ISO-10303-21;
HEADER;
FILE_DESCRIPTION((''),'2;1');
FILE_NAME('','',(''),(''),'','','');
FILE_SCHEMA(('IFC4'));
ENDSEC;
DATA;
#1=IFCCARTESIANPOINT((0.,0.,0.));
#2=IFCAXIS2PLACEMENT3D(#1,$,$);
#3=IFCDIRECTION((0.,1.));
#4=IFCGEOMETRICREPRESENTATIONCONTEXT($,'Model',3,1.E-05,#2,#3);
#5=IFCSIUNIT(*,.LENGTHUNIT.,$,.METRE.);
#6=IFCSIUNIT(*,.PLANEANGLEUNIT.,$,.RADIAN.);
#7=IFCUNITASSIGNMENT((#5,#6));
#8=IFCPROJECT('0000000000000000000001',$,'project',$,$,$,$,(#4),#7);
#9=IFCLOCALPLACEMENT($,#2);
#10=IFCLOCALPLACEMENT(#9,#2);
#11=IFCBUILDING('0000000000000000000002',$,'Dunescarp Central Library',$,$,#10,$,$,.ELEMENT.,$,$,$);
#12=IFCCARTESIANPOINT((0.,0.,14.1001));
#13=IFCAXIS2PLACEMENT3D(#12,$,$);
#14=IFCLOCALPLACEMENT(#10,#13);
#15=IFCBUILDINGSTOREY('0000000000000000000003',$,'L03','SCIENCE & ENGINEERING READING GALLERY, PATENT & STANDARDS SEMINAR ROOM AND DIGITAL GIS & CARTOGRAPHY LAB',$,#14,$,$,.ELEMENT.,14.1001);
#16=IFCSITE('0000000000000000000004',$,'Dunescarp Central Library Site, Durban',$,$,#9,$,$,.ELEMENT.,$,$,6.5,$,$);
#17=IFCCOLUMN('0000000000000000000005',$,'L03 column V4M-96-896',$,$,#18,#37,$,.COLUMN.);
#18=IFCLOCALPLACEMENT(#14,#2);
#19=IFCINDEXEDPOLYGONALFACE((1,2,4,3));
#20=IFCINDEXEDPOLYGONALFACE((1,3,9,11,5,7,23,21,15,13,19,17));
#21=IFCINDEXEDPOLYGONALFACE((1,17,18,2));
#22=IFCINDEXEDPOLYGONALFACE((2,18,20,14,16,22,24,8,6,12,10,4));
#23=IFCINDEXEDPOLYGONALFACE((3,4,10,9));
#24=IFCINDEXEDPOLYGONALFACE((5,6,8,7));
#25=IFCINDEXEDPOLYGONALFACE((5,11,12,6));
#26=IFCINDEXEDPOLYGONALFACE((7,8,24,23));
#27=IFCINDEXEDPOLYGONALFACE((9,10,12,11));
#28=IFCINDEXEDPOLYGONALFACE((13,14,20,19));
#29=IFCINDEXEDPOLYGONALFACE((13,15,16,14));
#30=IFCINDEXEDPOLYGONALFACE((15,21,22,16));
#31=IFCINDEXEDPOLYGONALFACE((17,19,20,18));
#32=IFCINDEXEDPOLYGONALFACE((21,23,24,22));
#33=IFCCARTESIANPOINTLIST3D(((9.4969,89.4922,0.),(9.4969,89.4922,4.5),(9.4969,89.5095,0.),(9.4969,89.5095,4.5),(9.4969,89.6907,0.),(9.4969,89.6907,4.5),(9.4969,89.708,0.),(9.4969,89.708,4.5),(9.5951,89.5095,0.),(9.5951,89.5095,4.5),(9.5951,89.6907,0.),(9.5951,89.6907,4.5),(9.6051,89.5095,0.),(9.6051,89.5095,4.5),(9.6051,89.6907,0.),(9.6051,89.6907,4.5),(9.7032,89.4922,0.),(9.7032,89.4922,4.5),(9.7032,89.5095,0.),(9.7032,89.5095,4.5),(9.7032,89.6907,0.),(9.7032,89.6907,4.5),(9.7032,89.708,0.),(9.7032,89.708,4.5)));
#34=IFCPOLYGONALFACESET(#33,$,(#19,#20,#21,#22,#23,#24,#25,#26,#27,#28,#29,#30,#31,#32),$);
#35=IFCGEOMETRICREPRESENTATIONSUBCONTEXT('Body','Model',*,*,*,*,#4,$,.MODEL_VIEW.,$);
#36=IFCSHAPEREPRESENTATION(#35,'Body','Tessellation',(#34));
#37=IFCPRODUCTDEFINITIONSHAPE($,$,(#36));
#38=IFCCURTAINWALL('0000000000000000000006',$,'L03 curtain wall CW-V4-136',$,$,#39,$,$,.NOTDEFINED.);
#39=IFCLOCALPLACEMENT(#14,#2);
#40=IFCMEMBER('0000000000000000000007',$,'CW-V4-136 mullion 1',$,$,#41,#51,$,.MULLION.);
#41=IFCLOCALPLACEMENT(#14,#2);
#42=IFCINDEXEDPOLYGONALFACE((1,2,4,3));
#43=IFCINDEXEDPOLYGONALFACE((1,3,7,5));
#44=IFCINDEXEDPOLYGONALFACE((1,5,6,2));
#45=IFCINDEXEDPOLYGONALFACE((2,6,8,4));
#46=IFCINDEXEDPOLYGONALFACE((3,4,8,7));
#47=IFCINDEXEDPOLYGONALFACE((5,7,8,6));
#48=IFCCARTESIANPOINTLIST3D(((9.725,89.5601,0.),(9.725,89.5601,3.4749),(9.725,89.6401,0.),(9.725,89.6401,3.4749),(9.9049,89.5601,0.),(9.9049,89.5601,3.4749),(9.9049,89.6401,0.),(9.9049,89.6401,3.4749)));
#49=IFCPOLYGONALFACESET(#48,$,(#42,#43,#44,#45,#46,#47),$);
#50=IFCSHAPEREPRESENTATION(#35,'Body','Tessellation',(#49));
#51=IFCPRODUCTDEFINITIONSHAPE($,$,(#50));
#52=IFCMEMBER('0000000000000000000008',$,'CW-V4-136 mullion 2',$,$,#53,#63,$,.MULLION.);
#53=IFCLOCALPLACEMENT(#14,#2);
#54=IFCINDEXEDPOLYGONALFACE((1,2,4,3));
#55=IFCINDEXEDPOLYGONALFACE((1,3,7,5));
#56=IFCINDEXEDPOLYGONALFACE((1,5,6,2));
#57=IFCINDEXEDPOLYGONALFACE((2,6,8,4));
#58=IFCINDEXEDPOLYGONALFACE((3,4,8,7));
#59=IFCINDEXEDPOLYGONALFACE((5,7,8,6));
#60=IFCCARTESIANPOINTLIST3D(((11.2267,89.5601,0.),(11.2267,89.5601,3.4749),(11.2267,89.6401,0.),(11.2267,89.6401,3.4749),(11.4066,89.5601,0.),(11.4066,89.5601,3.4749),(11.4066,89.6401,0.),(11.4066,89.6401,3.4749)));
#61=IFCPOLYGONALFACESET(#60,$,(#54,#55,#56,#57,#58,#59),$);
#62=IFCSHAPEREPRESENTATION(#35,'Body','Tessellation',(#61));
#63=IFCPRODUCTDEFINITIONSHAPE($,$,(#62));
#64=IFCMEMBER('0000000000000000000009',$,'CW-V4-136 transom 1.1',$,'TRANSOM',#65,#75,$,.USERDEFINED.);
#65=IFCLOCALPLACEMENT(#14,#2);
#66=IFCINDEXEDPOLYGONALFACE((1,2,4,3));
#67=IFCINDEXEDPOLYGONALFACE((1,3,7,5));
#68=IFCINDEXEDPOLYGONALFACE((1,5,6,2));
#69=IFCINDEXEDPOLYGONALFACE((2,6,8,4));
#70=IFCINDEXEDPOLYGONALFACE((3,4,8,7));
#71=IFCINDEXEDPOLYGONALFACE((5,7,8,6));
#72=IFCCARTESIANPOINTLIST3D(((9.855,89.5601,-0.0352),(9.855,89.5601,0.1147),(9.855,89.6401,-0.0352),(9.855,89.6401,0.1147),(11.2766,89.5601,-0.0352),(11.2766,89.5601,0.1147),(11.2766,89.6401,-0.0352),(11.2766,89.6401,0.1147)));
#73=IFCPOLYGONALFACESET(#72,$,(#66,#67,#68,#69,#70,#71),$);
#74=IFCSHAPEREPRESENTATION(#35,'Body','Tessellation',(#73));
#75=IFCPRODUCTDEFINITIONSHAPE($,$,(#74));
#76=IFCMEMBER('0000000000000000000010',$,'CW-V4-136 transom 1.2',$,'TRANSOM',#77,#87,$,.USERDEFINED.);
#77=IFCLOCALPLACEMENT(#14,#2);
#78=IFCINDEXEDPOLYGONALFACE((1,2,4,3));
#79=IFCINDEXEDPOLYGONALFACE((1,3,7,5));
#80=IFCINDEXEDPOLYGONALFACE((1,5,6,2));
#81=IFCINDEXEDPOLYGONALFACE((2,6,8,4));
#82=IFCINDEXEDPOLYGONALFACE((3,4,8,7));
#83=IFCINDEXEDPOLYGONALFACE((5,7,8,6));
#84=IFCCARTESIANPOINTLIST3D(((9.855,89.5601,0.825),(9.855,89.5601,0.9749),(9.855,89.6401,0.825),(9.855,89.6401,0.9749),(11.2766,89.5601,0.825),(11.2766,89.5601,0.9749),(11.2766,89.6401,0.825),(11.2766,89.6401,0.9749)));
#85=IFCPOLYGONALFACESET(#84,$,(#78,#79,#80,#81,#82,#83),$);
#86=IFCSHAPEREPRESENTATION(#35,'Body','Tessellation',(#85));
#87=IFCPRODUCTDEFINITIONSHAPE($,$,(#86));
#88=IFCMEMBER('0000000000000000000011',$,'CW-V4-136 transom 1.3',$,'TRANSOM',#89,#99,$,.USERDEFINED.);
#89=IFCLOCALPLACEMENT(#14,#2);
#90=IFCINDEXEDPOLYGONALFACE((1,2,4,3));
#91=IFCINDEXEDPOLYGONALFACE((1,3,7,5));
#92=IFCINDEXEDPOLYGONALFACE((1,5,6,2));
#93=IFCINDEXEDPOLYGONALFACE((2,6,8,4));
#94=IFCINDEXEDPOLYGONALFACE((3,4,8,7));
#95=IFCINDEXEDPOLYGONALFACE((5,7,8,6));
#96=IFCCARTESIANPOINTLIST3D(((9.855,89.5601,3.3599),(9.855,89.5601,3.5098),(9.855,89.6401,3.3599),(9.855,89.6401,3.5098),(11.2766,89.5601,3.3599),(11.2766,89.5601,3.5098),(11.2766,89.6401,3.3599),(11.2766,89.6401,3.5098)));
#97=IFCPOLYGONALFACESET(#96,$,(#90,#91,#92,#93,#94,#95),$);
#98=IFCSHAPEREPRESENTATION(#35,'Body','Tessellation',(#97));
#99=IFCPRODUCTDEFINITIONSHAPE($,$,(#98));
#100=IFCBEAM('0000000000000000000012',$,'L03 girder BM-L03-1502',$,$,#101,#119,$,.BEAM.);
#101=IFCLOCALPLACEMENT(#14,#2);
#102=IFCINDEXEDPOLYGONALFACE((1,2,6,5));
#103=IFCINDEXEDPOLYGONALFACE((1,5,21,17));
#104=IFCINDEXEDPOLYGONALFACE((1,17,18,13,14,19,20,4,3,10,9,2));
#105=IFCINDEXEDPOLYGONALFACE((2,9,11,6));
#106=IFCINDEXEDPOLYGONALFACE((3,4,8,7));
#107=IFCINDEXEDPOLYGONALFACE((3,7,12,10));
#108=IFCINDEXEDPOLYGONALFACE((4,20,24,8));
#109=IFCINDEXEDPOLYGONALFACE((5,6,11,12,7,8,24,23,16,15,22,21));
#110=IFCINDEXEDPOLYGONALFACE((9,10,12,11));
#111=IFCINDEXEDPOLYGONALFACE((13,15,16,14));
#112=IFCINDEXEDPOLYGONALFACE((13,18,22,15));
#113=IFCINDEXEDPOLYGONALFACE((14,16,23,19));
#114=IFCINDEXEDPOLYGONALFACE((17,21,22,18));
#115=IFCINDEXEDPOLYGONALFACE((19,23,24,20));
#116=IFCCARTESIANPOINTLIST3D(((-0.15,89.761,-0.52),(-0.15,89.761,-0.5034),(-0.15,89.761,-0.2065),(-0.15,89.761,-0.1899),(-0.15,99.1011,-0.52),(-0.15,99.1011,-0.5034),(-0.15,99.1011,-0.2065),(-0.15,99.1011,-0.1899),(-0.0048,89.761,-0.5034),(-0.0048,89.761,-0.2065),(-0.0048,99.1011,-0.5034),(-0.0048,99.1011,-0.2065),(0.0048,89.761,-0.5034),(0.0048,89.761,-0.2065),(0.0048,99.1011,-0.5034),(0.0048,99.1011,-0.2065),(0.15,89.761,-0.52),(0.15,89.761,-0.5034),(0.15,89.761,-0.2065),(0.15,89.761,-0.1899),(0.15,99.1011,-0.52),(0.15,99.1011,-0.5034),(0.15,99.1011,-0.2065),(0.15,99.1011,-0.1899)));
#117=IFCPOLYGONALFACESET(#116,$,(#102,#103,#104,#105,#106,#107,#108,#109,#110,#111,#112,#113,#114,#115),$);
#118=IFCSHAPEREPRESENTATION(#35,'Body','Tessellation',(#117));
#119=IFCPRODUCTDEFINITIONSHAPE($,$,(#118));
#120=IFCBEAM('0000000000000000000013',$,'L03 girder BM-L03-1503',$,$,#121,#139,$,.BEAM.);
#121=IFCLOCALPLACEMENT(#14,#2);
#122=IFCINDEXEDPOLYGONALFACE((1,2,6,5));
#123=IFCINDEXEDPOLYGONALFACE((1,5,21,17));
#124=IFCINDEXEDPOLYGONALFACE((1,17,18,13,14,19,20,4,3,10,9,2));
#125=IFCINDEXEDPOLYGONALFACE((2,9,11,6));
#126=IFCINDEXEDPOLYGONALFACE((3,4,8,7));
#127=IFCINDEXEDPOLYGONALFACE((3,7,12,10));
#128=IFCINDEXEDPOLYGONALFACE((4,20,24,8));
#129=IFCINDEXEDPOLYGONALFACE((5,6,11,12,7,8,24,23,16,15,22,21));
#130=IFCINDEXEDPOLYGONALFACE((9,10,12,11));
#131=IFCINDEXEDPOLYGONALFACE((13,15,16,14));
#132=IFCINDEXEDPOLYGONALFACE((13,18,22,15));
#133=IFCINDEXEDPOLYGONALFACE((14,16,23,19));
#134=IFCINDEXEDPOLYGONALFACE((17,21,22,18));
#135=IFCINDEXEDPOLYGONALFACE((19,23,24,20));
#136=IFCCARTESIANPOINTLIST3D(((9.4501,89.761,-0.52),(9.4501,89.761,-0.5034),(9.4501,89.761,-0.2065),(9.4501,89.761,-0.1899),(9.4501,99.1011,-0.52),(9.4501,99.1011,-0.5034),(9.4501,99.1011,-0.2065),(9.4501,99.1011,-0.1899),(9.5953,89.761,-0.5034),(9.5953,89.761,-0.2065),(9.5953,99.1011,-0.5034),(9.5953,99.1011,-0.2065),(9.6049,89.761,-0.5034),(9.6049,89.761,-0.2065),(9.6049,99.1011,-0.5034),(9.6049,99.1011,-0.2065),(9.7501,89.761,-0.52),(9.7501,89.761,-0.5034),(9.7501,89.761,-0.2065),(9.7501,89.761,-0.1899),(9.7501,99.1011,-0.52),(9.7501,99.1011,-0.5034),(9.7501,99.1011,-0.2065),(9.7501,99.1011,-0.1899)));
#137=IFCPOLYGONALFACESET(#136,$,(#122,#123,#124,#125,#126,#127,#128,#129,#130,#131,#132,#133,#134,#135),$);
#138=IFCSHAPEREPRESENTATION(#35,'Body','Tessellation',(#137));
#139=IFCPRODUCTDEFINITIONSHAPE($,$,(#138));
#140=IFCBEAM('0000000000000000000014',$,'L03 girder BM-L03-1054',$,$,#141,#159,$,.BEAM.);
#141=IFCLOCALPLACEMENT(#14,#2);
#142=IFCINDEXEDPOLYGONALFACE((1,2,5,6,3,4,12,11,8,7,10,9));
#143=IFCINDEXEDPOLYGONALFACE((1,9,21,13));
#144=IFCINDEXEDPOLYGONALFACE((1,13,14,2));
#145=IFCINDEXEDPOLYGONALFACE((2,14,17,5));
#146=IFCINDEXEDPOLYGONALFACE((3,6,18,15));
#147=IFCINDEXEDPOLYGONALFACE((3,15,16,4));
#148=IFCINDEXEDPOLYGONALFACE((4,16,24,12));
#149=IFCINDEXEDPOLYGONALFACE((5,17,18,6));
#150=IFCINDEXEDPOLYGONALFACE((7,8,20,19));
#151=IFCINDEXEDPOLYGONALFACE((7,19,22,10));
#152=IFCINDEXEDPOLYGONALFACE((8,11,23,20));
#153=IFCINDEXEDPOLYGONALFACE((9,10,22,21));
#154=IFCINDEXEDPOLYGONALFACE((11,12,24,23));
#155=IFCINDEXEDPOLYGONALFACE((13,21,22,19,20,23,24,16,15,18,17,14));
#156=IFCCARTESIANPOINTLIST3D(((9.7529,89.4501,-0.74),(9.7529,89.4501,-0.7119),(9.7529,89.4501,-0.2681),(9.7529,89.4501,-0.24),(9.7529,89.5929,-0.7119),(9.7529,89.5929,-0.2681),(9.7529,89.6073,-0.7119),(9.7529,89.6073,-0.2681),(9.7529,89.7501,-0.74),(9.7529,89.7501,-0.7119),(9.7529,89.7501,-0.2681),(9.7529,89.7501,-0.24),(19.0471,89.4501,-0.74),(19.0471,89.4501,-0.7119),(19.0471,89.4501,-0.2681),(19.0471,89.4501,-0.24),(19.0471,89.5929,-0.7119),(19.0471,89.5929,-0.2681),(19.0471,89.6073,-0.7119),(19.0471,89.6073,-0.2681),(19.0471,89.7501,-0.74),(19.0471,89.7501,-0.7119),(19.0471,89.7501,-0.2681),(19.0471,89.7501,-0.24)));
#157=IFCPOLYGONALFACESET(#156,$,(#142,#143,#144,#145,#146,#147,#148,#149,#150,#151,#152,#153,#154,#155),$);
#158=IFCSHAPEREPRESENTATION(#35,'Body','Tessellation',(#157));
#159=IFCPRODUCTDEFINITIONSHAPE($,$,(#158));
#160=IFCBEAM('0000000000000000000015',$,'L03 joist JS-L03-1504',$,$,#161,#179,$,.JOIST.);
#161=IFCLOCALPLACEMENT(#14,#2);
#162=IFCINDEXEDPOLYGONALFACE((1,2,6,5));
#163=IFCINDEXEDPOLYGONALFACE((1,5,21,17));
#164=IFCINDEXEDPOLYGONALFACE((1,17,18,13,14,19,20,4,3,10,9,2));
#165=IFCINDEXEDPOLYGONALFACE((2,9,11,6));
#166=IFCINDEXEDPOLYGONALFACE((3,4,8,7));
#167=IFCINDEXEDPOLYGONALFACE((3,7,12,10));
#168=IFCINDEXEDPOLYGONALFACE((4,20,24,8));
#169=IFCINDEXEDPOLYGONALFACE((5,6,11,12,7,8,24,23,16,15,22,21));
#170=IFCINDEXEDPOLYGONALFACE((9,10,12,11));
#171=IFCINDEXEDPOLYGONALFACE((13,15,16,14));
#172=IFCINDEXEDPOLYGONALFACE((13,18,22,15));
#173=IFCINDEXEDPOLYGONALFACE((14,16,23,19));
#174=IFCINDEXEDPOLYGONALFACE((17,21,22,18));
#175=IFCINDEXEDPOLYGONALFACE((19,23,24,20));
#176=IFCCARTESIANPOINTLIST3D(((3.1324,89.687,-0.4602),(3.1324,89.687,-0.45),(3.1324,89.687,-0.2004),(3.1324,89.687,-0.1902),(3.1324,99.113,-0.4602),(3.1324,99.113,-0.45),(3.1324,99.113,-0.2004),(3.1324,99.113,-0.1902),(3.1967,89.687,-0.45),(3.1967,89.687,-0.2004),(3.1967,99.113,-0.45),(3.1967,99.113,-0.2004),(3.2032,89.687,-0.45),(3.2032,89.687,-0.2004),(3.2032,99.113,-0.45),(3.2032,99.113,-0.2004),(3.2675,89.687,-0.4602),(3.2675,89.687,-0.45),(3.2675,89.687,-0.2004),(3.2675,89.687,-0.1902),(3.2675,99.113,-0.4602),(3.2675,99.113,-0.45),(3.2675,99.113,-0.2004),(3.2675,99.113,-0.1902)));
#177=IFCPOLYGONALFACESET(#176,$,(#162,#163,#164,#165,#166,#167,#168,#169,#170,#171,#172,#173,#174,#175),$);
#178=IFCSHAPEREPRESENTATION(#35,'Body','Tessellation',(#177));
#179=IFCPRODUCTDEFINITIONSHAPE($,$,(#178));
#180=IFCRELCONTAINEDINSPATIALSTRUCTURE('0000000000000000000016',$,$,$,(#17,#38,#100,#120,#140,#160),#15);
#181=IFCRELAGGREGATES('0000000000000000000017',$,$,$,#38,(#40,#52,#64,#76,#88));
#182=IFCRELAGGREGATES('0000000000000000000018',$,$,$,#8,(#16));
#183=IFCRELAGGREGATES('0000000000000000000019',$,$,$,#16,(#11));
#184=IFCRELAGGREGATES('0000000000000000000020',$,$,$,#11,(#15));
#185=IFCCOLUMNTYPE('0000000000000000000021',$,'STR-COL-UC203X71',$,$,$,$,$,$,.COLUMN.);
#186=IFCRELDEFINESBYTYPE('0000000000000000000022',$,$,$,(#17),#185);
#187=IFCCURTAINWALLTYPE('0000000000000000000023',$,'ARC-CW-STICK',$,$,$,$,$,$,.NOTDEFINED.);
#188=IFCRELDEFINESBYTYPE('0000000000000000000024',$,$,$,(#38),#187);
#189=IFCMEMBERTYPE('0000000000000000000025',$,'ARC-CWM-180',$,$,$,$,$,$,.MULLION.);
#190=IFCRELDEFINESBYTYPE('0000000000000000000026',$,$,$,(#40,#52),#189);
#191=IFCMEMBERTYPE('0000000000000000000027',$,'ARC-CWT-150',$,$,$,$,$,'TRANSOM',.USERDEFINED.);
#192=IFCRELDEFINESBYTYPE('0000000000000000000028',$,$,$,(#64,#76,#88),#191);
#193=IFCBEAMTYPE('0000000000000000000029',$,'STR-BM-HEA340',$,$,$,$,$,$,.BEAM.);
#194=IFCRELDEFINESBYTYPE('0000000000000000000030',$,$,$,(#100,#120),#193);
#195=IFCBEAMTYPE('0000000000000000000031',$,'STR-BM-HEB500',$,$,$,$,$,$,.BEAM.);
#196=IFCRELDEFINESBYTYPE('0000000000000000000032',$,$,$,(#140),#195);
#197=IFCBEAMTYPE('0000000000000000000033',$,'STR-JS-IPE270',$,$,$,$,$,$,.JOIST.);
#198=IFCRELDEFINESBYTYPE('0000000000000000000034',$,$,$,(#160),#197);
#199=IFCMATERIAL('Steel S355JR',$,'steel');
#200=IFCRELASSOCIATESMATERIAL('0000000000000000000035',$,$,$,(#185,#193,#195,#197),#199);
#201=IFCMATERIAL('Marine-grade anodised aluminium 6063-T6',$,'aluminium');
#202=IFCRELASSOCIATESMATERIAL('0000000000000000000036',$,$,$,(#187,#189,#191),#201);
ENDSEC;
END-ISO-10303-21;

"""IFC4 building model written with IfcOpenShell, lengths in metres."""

from ifc_helpers import new_model, si_unit, direction, frame, origin, origin_2d, place, context, subcontext, project, spatial, rectangle, i_section, extrude, material, material_profile, profile_set, type_object, element, aggregate, save


model = new_model("IFC4")

# Units and contexts
model_context = context("Model", 3, precision=1e-05, world=origin(), true_north=direction((0.0, 1.0)))
body_context = subcontext(model_context, "Body", "Model", "MODEL_VIEW")
ifc_project = project(units=[si_unit("LENGTHUNIT", "METRE"), si_unit("PLANEANGLEUNIT", "RADIAN")], contexts=[model_context])

# Site, building, storey
site_placement = place(None, origin())
site = spatial("IfcSite", under=ifc_project, at=site_placement, Name="Dunescarp Central Library Site, Durban", CompositionType="ELEMENT", RefElevation=6.5)
building_placement = place(site_placement, origin())
building = spatial("IfcBuilding", under=site, at=building_placement, Name="Dunescarp Central Library", CompositionType="ELEMENT")
storey_placement = place(building_placement, frame((0.0, 0.0, 14.1001)))
storey = spatial("IfcBuildingStorey", under=building, at=storey_placement, Name="L03", Description="SCIENCE & ENGINEERING READING GALLERY, PATENT & STANDARDS SEMINAR ROOM AND DIGITAL GIS & CARTOGRAPHY LAB", CompositionType="ELEMENT", Elevation=14.1001)

# Column
ifc_material_1 = material(Name="Steel S355JR", Category="steel")
ifc_material_profile_1 = material_profile(ifc_material_1, i_section(OverallWidth=0.2063, OverallDepth=0.2158, WebThickness=0.01, FlangeThickness=0.0173, at=origin_2d()), Name="UC 203x203x71")
ifc_profile_set_1 = profile_set([ifc_material_profile_1], Name="Steel S355JR")
column_type = type_object("IfcColumnType", Name="STR-COL-UC203X71", PredefinedType="COLUMN", material=ifc_profile_set_1)
column_placement = place(storey_placement, frame((9.6001, 89.6001, 0.0), z_axis=(0.0, 0.0, 1.0), x_axis=(1.0, 0.0, 0.0)))
element("IfcColumn", 1, at=column_placement, inside=storey, type_object=column_type, Name="L03 column V4M-96-896", PredefinedType="COLUMN", context=body_context, shape_type="SweptSolid", body=[
    extrude(i_section(OverallWidth=0.2063, OverallDepth=0.2158, WebThickness=0.01, FlangeThickness=0.0173, at=origin_2d()), origin(), (0.0, 0.0, 1.0), 4.5),
])

# Curtain wall, members
ifc_material_2 = material(Name="Marine-grade anodised aluminium 6063-T6", Category="aluminium")
curtain_wall_type = type_object("IfcCurtainWallType", Name="ARC-CW-STICK", PredefinedType="NOTDEFINED", material=ifc_material_2)
curtain_wall_placement = place(storey_placement, origin())
curtain_wall = element("IfcCurtainWall", 2, at=curtain_wall_placement, inside=storey, type_object=curtain_wall_type, Name="L03 curtain wall CW-V4-136", PredefinedType="NOTDEFINED")
ifc_material_profile_2 = material_profile(ifc_material_2, rectangle(XDim=0.0801, YDim=0.1799, at=origin_2d()), Name="AL 80x180")
ifc_profile_set_2 = profile_set([ifc_material_profile_2], Name="Marine-grade anodised aluminium 6063-T6")
member_type_1 = type_object("IfcMemberType", Name="ARC-CWM-180", PredefinedType="MULLION", material=ifc_profile_set_2)
member_1_placement = place(storey_placement, frame((9.8149, 89.6001, 0.0), z_axis=(0.0, 0.0, 1.0), x_axis=(0.0, 1.0, 0.0)))
member_1 = element("IfcMember", 3, at=member_1_placement, type_object=member_type_1, Name="CW-V4-136 mullion 1", PredefinedType="MULLION", context=body_context, shape_type="SweptSolid", body=[
    extrude(rectangle(XDim=0.0801, YDim=0.1799, at=origin_2d()), origin(), (0.0, 0.0, 1.0), 3.4749),
])
member_2_placement = place(storey_placement, frame((11.3167, 89.6001, 0.0), z_axis=(0.0, 0.0, 1.0), x_axis=(0.0, 1.0, 0.0)))
member_2 = element("IfcMember", 4, at=member_2_placement, type_object=member_type_1, Name="CW-V4-136 mullion 2", PredefinedType="MULLION", context=body_context, shape_type="SweptSolid", body=[
    extrude(rectangle(XDim=0.0801, YDim=0.1799, at=origin_2d()), origin(), (0.0, 0.0, 1.0), 3.4749),
])
ifc_material_profile_3 = material_profile(ifc_material_2, rectangle(XDim=0.0801, YDim=0.1499, at=origin_2d()), Name="AL 80x150")
ifc_profile_set_3 = profile_set([ifc_material_profile_3], Name="Marine-grade anodised aluminium 6063-T6")
member_type_2 = type_object("IfcMemberType", Name="ARC-CWT-150", ElementType="TRANSOM", PredefinedType="USERDEFINED", material=ifc_profile_set_3)
member_3_placement = place(storey_placement, frame((9.855, 89.6001, 0.0398), z_axis=(1.0, 0.0, 0.0), x_axis=(0.0, 1.0, 0.0)))
member_3 = element("IfcMember", 5, at=member_3_placement, type_object=member_type_2, Name="CW-V4-136 transom 1.1", ObjectType="TRANSOM", PredefinedType="USERDEFINED", context=body_context, shape_type="SweptSolid", body=[
    extrude(rectangle(XDim=0.0801, YDim=0.1499, at=origin_2d()), origin(), (0.0, 0.0, 1.0), 1.4216),
])
member_4_placement = place(storey_placement, frame((9.855, 89.6001, 0.8999), z_axis=(1.0, 0.0, 0.0), x_axis=(0.0, 1.0, 0.0)))
member_4 = element("IfcMember", 6, at=member_4_placement, type_object=member_type_2, Name="CW-V4-136 transom 1.2", ObjectType="TRANSOM", PredefinedType="USERDEFINED", context=body_context, shape_type="SweptSolid", body=[
    extrude(rectangle(XDim=0.0801, YDim=0.1499, at=origin_2d()), origin(), (0.0, 0.0, 1.0), 1.4216),
])
member_5_placement = place(storey_placement, frame((9.855, 89.6001, 3.4348), z_axis=(1.0, 0.0, 0.0), x_axis=(0.0, 1.0, 0.0)))
member_5 = element("IfcMember", 7, at=member_5_placement, type_object=member_type_2, Name="CW-V4-136 transom 1.3", ObjectType="TRANSOM", PredefinedType="USERDEFINED", context=body_context, shape_type="SweptSolid", body=[
    extrude(rectangle(XDim=0.0801, YDim=0.1499, at=origin_2d()), origin(), (0.0, 0.0, 1.0), 1.4216),
])

# Beams
ifc_material_profile_4 = material_profile(ifc_material_1, i_section(OverallWidth=0.3, OverallDepth=0.3301, WebThickness=0.0095, FlangeThickness=0.0166, at=origin_2d()), Name="HEA 340")
ifc_profile_set_4 = profile_set([ifc_material_profile_4], Name="Steel S355JR")
beam_type_1 = type_object("IfcBeamType", Name="STR-BM-HEA340", PredefinedType="BEAM", material=ifc_profile_set_4)
for number, where, z_axis, x_axis, name in (
    (8, (0.0, 89.761, -0.355), (0.0, 1.0, 0.0), (-1.0, 0.0, 0.0), "L03 girder BM-L03-1502"),
    (9, (9.6001, 89.761, -0.355), (0.0, 1.0, 0.0), (-1.0, 0.0, 0.0), "L03 girder BM-L03-1503"),
):
    element("IfcBeam", number, at=place(storey_placement, frame(where, z_axis=z_axis, x_axis=x_axis)), inside=storey, type_object=beam_type_1, Name=name, PredefinedType="BEAM", context=body_context, shape_type="SweptSolid", body=[
        extrude(i_section(OverallWidth=0.3, OverallDepth=0.3301, WebThickness=0.0095, FlangeThickness=0.0166, at=origin_2d()), origin(), (0.0, 0.0, 1.0), 9.3401),
    ])
ifc_material_profile_5 = material_profile(ifc_material_1, i_section(OverallWidth=0.3, OverallDepth=0.5, WebThickness=0.0144, FlangeThickness=0.0281, at=origin_2d()), Name="HEB 500")
ifc_profile_set_5 = profile_set([ifc_material_profile_5], Name="Steel S355JR")
beam_type_2 = type_object("IfcBeamType", Name="STR-BM-HEB500", PredefinedType="BEAM", material=ifc_profile_set_5)
beam_1_placement = place(storey_placement, frame((9.7529, 89.6001, -0.49), z_axis=(1.0, 0.0, 0.0), x_axis=(0.0, 1.0, 0.0)))
element("IfcBeam", 10, at=beam_1_placement, inside=storey, type_object=beam_type_2, Name="L03 girder BM-L03-1054", PredefinedType="BEAM", context=body_context, shape_type="SweptSolid", body=[
    extrude(i_section(OverallWidth=0.3, OverallDepth=0.5, WebThickness=0.0144, FlangeThickness=0.0281, at=origin_2d()), origin(), (0.0, 0.0, 1.0), 9.2942),
])
ifc_material_profile_6 = material_profile(ifc_material_1, i_section(OverallWidth=0.135, OverallDepth=0.27, WebThickness=0.0066, FlangeThickness=0.0103, at=origin_2d()), Name="IPE 270")
ifc_profile_set_6 = profile_set([ifc_material_profile_6], Name="Steel S355JR")
beam_type_3 = type_object("IfcBeamType", Name="STR-JS-IPE270", PredefinedType="JOIST", material=ifc_profile_set_6)
for number, where, z_axis, x_axis, name in (
    (11, (3.2, 89.687, -0.3252), (0.0, 1.0, 0.0), (-1.0, 0.0, 0.0), "L03 joist JS-L03-1504"),
):
    element("IfcBeam", number, at=place(storey_placement, frame(where, z_axis=z_axis, x_axis=x_axis)), inside=storey, type_object=beam_type_3, Name=name, PredefinedType="JOIST", context=body_context, shape_type="SweptSolid", body=[
        extrude(i_section(OverallWidth=0.135, OverallDepth=0.27, WebThickness=0.0066, FlangeThickness=0.0103, at=origin_2d()), origin(), (0.0, 0.0, 1.0), 9.426),
    ])

aggregate(curtain_wall, [member_1, member_2, member_3, member_4, member_5])

save(model, "model.ifc")
